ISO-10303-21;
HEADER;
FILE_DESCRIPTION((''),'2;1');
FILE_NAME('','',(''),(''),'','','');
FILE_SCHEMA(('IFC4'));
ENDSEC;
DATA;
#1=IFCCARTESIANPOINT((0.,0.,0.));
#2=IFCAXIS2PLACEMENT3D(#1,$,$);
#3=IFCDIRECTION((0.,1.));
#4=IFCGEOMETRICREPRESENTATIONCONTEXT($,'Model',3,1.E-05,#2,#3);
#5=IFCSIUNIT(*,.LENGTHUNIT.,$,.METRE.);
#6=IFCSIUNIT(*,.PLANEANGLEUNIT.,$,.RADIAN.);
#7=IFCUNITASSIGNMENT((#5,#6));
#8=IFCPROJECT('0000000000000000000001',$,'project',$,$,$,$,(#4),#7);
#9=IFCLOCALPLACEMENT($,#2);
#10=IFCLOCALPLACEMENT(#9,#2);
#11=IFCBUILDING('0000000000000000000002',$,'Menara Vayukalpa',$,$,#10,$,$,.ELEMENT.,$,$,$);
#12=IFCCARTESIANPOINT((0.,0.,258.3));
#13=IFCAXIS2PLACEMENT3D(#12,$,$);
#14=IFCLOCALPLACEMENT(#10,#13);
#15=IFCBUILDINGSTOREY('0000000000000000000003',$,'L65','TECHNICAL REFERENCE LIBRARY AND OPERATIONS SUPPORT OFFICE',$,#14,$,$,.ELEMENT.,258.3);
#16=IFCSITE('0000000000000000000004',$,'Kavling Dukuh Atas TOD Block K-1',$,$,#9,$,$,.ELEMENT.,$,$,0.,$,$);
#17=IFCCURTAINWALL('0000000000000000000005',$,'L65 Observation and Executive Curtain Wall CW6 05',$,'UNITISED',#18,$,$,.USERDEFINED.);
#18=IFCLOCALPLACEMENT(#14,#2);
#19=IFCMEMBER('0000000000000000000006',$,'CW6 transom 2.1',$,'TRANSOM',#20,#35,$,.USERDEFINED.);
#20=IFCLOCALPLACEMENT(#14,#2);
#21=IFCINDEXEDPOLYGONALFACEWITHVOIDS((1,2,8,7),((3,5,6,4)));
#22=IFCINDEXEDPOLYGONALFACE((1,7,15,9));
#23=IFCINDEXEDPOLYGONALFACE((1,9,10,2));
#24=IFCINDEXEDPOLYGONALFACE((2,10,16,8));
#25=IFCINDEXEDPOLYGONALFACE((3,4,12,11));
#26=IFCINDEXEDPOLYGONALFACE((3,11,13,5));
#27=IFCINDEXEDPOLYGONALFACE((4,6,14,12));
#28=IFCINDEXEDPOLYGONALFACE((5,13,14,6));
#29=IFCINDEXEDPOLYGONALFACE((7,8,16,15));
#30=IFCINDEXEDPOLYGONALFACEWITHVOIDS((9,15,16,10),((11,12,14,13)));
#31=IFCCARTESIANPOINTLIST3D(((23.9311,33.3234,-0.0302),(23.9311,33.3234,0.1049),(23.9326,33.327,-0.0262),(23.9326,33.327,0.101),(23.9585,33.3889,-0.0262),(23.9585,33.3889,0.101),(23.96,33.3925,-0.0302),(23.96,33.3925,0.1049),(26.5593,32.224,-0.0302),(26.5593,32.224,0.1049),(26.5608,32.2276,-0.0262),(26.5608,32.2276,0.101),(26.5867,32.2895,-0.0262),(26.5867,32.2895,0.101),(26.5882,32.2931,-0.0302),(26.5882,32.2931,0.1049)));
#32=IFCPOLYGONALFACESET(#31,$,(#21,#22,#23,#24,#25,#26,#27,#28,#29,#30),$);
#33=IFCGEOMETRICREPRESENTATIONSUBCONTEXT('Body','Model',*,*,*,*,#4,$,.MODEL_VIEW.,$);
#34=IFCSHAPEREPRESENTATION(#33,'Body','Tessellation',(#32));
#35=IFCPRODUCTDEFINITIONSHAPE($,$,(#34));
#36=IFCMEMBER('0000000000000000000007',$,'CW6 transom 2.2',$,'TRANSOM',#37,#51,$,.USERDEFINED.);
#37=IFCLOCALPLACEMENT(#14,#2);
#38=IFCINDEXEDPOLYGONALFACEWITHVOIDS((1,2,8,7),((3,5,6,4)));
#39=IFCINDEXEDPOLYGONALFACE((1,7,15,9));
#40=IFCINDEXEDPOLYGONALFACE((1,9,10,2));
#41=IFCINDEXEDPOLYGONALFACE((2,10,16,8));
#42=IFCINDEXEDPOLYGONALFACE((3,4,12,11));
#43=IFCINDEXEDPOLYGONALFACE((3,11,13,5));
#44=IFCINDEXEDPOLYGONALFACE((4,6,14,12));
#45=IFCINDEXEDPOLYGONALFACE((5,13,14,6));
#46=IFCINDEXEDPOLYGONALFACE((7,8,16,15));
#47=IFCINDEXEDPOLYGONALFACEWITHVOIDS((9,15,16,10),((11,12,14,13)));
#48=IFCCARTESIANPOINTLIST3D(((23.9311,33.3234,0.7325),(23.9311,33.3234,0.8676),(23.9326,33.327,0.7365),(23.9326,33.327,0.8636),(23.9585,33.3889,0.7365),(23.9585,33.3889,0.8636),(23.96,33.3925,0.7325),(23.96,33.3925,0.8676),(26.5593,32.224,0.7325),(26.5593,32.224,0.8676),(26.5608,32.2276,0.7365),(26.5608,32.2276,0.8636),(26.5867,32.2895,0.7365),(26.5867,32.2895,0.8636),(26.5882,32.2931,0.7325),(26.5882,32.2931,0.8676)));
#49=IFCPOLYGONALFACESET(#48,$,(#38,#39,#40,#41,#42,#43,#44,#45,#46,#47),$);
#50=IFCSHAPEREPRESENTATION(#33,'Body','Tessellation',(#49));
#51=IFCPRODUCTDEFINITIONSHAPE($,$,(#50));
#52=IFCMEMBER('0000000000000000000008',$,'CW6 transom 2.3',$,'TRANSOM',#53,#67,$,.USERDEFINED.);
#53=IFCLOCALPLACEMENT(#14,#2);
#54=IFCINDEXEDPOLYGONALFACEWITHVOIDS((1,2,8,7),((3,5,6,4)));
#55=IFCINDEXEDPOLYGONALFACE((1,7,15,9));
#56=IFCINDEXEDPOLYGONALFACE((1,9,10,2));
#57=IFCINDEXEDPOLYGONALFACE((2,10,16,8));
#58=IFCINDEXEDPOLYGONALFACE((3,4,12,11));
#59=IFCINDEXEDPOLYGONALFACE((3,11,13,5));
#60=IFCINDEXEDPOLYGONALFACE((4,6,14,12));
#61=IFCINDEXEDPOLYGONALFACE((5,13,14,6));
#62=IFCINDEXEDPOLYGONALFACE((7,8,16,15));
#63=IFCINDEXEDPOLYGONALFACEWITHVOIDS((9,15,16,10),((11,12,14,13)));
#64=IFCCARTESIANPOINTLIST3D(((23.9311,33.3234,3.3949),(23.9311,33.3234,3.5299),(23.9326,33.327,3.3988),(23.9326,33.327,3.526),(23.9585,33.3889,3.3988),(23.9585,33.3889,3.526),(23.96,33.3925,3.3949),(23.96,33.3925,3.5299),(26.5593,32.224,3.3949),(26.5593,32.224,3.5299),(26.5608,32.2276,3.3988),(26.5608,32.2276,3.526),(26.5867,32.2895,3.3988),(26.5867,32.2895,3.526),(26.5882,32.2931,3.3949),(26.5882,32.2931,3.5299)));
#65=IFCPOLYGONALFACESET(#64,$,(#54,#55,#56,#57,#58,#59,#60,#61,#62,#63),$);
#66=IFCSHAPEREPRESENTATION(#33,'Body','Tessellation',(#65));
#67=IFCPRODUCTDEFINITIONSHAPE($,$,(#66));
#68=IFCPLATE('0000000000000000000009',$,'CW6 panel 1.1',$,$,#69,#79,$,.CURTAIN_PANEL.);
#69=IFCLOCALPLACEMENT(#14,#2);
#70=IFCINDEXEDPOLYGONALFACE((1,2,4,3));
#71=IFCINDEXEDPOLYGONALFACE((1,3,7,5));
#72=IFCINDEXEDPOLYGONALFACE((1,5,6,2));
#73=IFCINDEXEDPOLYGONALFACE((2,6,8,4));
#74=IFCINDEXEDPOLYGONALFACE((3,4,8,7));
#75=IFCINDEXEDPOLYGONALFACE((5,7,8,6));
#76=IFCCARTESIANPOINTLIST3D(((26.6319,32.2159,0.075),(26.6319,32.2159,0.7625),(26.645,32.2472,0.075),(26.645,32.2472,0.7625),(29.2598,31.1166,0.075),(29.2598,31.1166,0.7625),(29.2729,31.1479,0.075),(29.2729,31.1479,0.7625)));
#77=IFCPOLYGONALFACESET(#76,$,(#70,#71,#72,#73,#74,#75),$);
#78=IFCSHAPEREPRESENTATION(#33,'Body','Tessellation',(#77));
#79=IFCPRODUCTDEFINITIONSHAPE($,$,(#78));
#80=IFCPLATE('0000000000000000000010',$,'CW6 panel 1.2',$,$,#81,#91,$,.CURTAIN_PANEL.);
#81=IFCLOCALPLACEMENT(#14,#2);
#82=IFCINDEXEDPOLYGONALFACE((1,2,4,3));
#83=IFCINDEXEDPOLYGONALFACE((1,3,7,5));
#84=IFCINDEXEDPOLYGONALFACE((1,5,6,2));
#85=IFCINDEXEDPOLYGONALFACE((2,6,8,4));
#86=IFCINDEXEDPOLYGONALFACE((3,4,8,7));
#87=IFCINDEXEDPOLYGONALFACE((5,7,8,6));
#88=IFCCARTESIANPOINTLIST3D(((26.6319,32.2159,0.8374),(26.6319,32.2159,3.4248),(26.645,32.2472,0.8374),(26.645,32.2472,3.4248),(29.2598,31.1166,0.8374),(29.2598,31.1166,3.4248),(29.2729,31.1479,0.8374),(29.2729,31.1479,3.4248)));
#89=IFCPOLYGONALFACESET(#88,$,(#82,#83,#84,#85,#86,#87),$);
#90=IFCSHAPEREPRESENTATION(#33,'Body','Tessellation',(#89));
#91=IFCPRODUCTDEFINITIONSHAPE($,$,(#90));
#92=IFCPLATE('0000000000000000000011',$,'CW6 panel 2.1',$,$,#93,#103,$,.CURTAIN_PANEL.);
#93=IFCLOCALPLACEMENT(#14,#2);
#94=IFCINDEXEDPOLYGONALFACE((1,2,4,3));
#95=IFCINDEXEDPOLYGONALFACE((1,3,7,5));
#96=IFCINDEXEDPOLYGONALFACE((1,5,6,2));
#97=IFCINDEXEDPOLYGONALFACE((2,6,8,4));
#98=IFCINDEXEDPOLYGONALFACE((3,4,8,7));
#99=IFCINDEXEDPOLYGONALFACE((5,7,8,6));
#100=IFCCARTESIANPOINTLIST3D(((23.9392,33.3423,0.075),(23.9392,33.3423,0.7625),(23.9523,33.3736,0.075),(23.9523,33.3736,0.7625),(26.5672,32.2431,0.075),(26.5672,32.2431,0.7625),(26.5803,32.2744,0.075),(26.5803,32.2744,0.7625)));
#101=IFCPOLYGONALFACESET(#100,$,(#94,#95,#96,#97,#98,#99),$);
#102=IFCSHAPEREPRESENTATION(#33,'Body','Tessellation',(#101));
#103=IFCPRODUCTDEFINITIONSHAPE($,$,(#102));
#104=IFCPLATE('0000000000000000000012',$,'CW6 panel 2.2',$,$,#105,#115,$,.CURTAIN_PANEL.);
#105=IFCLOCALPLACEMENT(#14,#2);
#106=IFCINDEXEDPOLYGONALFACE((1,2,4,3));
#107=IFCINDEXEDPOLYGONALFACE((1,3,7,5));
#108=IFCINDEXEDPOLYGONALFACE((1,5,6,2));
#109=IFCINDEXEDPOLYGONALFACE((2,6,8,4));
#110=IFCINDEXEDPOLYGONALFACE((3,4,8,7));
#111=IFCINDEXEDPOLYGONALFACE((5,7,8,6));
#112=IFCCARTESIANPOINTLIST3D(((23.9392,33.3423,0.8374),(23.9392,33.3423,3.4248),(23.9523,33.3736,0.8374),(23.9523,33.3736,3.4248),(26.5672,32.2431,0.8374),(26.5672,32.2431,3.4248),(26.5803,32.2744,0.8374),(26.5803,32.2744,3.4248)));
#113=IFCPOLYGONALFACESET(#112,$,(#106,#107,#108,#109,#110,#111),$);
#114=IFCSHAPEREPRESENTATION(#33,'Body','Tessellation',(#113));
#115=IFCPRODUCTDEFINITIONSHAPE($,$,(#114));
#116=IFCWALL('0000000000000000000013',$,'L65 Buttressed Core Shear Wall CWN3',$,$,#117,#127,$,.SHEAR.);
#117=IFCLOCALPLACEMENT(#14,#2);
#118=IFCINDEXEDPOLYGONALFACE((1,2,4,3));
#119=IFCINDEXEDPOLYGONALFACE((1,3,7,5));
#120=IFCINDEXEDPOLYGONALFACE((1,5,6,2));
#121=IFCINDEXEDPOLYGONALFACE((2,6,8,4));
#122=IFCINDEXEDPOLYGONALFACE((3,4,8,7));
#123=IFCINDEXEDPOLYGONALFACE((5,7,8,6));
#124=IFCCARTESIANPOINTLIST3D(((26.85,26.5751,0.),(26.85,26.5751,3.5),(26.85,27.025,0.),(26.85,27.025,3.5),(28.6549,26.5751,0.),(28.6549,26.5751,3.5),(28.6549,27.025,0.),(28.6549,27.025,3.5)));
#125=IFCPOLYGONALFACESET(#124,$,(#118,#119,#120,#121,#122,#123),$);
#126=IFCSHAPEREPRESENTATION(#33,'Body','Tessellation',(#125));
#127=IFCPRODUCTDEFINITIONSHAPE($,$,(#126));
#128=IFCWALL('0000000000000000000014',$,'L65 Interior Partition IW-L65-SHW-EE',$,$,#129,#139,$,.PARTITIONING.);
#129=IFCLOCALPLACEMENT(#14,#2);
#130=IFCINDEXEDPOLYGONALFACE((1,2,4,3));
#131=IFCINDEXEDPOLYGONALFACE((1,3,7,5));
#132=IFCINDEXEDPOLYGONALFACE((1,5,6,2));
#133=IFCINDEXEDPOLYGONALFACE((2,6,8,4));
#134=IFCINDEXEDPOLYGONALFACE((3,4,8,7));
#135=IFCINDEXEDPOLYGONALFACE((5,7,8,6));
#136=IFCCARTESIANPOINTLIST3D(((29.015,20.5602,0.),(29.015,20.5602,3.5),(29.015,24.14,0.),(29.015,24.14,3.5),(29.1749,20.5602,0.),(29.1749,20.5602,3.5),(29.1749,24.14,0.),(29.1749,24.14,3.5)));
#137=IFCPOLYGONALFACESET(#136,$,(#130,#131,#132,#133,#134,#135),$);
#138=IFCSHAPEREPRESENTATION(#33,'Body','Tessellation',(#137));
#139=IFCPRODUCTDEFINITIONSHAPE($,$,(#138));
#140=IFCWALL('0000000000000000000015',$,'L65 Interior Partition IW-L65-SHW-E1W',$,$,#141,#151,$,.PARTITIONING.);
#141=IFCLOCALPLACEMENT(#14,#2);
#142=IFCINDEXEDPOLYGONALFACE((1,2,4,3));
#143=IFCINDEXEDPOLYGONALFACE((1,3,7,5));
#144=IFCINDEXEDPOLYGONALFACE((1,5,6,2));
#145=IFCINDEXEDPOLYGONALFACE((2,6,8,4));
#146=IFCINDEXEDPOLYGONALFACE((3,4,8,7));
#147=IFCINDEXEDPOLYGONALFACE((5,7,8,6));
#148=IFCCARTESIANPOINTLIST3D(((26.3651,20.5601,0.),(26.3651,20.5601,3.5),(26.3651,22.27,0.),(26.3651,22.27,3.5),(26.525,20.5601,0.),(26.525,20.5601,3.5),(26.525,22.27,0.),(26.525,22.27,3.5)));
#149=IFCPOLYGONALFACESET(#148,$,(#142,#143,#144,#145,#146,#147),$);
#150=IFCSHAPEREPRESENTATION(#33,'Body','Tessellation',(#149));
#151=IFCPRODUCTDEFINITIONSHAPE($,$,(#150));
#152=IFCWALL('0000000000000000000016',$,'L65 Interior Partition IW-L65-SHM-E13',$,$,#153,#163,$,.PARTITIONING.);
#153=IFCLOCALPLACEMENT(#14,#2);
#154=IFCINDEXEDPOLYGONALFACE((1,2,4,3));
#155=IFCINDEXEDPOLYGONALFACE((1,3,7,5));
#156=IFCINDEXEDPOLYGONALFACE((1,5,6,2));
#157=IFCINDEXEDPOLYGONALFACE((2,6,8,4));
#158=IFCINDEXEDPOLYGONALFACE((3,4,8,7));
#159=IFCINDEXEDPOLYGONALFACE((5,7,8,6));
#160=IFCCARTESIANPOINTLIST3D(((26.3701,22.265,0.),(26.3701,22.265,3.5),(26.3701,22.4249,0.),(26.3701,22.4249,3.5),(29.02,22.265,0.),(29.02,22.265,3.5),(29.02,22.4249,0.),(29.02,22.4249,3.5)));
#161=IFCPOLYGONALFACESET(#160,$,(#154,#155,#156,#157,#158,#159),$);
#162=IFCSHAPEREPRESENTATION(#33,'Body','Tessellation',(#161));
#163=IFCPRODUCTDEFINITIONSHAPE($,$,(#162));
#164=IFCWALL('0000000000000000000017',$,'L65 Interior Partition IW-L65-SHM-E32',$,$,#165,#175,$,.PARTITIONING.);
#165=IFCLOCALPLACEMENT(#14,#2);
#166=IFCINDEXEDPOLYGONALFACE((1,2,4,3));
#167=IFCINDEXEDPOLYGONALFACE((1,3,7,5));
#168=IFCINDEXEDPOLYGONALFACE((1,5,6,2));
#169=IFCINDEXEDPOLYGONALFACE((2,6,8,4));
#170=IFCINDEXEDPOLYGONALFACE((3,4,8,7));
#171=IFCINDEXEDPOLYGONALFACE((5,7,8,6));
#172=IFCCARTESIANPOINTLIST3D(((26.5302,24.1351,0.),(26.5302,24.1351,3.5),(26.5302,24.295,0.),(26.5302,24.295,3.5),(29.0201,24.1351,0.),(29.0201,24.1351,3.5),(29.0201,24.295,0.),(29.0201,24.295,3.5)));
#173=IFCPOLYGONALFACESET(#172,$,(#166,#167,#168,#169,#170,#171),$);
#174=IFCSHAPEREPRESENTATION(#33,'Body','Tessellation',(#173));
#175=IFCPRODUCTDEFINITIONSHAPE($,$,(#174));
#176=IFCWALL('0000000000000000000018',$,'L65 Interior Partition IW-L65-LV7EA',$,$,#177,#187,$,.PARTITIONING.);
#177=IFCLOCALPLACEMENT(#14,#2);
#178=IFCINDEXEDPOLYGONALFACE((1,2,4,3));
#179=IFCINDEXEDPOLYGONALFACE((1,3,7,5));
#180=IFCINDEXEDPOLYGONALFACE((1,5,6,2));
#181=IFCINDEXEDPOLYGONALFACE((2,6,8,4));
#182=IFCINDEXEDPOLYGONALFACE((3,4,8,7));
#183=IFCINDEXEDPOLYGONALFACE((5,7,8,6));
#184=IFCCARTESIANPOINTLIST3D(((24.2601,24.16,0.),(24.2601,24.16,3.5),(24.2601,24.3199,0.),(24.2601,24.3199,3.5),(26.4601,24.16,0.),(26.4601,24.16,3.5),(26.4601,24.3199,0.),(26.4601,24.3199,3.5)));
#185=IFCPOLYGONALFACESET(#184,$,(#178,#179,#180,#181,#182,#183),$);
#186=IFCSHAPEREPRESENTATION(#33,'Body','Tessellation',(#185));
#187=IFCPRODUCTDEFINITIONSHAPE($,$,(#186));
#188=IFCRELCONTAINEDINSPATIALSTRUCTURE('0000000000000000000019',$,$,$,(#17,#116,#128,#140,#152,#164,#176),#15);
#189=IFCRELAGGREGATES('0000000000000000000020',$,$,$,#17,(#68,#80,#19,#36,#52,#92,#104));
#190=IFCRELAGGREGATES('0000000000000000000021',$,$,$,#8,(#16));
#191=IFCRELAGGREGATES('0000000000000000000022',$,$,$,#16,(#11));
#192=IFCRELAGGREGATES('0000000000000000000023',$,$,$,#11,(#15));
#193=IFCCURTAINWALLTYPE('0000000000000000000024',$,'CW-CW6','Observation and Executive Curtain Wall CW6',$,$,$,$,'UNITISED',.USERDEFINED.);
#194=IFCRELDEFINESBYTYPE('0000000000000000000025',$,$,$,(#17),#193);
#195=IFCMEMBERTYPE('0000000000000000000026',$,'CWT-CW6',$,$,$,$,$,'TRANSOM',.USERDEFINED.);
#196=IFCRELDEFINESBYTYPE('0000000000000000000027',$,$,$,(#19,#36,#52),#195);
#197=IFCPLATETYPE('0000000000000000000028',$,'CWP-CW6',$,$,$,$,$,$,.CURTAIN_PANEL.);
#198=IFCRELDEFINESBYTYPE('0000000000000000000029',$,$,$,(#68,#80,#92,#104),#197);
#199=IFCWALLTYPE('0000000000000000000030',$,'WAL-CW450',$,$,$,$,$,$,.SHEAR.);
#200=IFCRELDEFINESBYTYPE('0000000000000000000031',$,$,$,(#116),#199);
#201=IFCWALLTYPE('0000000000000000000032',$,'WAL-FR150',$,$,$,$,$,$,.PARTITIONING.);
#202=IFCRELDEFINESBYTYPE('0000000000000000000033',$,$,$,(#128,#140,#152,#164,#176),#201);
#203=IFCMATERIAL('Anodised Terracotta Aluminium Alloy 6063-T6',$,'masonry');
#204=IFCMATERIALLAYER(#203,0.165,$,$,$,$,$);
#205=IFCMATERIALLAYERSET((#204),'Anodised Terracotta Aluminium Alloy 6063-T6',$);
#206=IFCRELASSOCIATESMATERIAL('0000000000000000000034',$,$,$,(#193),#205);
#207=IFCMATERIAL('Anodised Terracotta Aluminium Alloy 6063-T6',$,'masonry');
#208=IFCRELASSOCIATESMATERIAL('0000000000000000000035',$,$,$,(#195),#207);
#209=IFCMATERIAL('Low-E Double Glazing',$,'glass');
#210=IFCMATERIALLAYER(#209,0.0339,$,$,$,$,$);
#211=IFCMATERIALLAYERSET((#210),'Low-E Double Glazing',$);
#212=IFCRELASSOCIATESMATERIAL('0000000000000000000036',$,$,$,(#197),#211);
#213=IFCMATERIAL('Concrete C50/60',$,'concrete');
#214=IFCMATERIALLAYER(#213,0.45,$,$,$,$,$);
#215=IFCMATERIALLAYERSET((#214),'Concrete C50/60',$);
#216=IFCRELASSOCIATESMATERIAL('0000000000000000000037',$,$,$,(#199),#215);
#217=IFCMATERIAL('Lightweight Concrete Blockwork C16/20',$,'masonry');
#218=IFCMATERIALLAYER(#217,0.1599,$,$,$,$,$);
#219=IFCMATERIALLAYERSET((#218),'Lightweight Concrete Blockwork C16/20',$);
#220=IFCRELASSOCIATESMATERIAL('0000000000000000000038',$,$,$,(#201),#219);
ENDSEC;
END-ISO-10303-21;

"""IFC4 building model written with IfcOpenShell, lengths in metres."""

from ifc_helpers import new_model, si_unit, direction, frame, frame_2d, origin, origin_2d, place, context, subcontext, project, spatial, rectangle, hollow_rectangle, extrude, material, layer, layer_set, material_profile, profile_set, type_object, element, aggregate, save


model = new_model("IFC4")

# Units and contexts
model_context = context("Model", 3, precision=1e-05, world=origin(), true_north=direction((0.0, 1.0)))
body_context = subcontext(model_context, "Body", "Model", "MODEL_VIEW")
ifc_project = project(units=[si_unit("LENGTHUNIT", "METRE"), si_unit("PLANEANGLEUNIT", "RADIAN")], contexts=[model_context])

# Site, building, storey
site_placement = place(None, origin())
site = spatial("IfcSite", under=ifc_project, at=site_placement, Name="Kavling Dukuh Atas TOD Block K-1", CompositionType="ELEMENT", RefElevation=0.0)
building_placement = place(site_placement, origin())
building = spatial("IfcBuilding", under=site, at=building_placement, Name="Menara Vayukalpa", CompositionType="ELEMENT")
storey_placement = place(building_placement, frame((0.0, 0.0, 258.3)))
storey = spatial("IfcBuildingStorey", under=building, at=storey_placement, Name="L65", Description="TECHNICAL REFERENCE LIBRARY AND OPERATIONS SUPPORT OFFICE", CompositionType="ELEMENT", Elevation=258.3)

# Curtain wall, members, plates
ifc_material_1 = material(Name="Anodised Terracotta Aluminium Alloy 6063-T6", Category="masonry")
ifc_layer_1 = layer(ifc_material_1, 0.165)
ifc_layer_set_1 = layer_set([ifc_layer_1], Name="Anodised Terracotta Aluminium Alloy 6063-T6")
curtain_wall_type = type_object("IfcCurtainWallType", Name="CW-CW6", Description="Observation and Executive Curtain Wall CW6", ElementType="UNITISED", PredefinedType="USERDEFINED", material=ifc_layer_set_1)
curtain_wall_placement = place(storey_placement, origin())
curtain_wall = element("IfcCurtainWall", 1, at=curtain_wall_placement, inside=storey, type_object=curtain_wall_type, Name="L65 Observation and Executive Curtain Wall CW6 05", ObjectType="UNITISED", PredefinedType="USERDEFINED")
ifc_material_2 = material(Name="Anodised Terracotta Aluminium Alloy 6063-T6", Category="masonry")
ifc_material_profile_1 = material_profile(ifc_material_2, hollow_rectangle(XDim=0.075, YDim=0.135, WallThickness=0.0039, at=origin_2d()), Name="ALU 75x135x4")
ifc_profile_set_1 = profile_set([ifc_material_profile_1], Name="Anodised Terracotta Aluminium Alloy 6063-T6")
member_type_1 = type_object("IfcMemberType", Name="CWT-CW6", ElementType="TRANSOM", PredefinedType="USERDEFINED", material=ifc_profile_set_1)
member_1_placement = place(storey_placement, frame((26.5737, 32.2585, 0.0374), z_axis=(-0.922541, 0.385899, 0.0), x_axis=(-0.385899, -0.922541, 0.0)))
member_1 = element("IfcMember", 2, at=member_1_placement, type_object=member_type_1, Name="CW6 transom 2.1", ObjectType="TRANSOM", PredefinedType="USERDEFINED", context=body_context, shape_type="SweptSolid", body=[
    extrude(hollow_rectangle(XDim=0.075, YDim=0.135, WallThickness=0.0039, at=origin_2d()), origin(), (0.0, 0.0, 1.0), 2.8489),
])
member_2_placement = place(storey_placement, frame((26.5737, 32.2585, 0.8), z_axis=(-0.922541, 0.385899, 0.0), x_axis=(-0.385899, -0.922541, 0.0)))
member_2 = element("IfcMember", 3, at=member_2_placement, type_object=member_type_1, Name="CW6 transom 2.2", ObjectType="TRANSOM", PredefinedType="USERDEFINED", context=body_context, shape_type="SweptSolid", body=[
    extrude(hollow_rectangle(XDim=0.075, YDim=0.135, WallThickness=0.0039, at=origin_2d()), origin(), (0.0, 0.0, 1.0), 2.8489),
])
member_3_placement = place(storey_placement, frame((26.5737, 32.2585, 3.4624), z_axis=(-0.922541, 0.385899, 0.0), x_axis=(-0.385899, -0.922541, 0.0)))
member_3 = element("IfcMember", 4, at=member_3_placement, type_object=member_type_1, Name="CW6 transom 2.3", ObjectType="TRANSOM", PredefinedType="USERDEFINED", context=body_context, shape_type="SweptSolid", body=[
    extrude(hollow_rectangle(XDim=0.075, YDim=0.135, WallThickness=0.0039, at=origin_2d()), origin(), (0.0, 0.0, 1.0), 2.8489),
])
ifc_material_3 = material(Name="Low-E Double Glazing", Category="glass")
ifc_layer_2 = layer(ifc_material_3, 0.0339)
ifc_layer_set_2 = layer_set([ifc_layer_2], Name="Low-E Double Glazing")
plate_type = type_object("IfcPlateType", Name="CWP-CW6", PredefinedType="CURTAIN_PANEL", material=ifc_layer_set_2)
plate_1_placement = place(storey_placement, frame((27.9524, 31.6819, 0.075), z_axis=(0.0, 0.0, 1.0), x_axis=(-0.922541, 0.3859, 0.0)))
plate_1 = element("IfcPlate", 5, at=plate_1_placement, type_object=plate_type, Name="CW6 panel 1.1", PredefinedType="CURTAIN_PANEL", context=body_context, shape_type="SweptSolid", body=[
    extrude(rectangle(XDim=2.8486, YDim=0.0339, at=origin_2d()), origin(), (0.0, 0.0, 1.0), 0.6875),
])
plate_2_placement = place(storey_placement, frame((27.9524, 31.6819, 0.8374), z_axis=(0.0, 0.0, 1.0), x_axis=(-0.922541, 0.3859, 0.0)))
plate_2 = element("IfcPlate", 6, at=plate_2_placement, type_object=plate_type, Name="CW6 panel 1.2", PredefinedType="CURTAIN_PANEL", context=body_context, shape_type="SweptSolid", body=[
    extrude(rectangle(XDim=2.8486, YDim=0.0339, at=origin_2d()), origin(), (0.0, 0.0, 1.0), 2.5874),
])
plate_3_placement = place(storey_placement, frame((25.2598, 32.8083, 0.075), z_axis=(0.0, 0.0, 1.0), x_axis=(-0.922541, 0.3859, 0.0)))
plate_3 = element("IfcPlate", 7, at=plate_3_placement, type_object=plate_type, Name="CW6 panel 2.1", PredefinedType="CURTAIN_PANEL", context=body_context, shape_type="SweptSolid", body=[
    extrude(rectangle(XDim=2.8486, YDim=0.0339, at=origin_2d()), origin(), (0.0, 0.0, 1.0), 0.6875),
])
plate_4_placement = place(storey_placement, frame((25.2598, 32.8083, 0.8374), z_axis=(0.0, 0.0, 1.0), x_axis=(-0.922541, 0.3859, 0.0)))
plate_4 = element("IfcPlate", 8, at=plate_4_placement, type_object=plate_type, Name="CW6 panel 2.2", PredefinedType="CURTAIN_PANEL", context=body_context, shape_type="SweptSolid", body=[
    extrude(rectangle(XDim=2.8486, YDim=0.0339, at=origin_2d()), origin(), (0.0, 0.0, 1.0), 2.5874),
])
aggregate(curtain_wall, [plate_1, plate_2, member_1, member_2, member_3, plate_3, plate_4])

# Walls
ifc_material_4 = material(Name="Concrete C50/60", Category="concrete")
ifc_layer_3 = layer(ifc_material_4, 0.45)
ifc_layer_set_3 = layer_set([ifc_layer_3], Name="Concrete C50/60")
wall_type_1 = type_object("IfcWallType", Name="WAL-CW450", PredefinedType="SHEAR", material=ifc_layer_set_3)
wall_1_placement = place(storey_placement, frame((26.8501, 26.8, 0.0), z_axis=(0.0, 0.0, 1.0), x_axis=(1.0, 0.0, 0.0)))
element("IfcWall", 9, at=wall_1_placement, inside=storey, type_object=wall_type_1, Name="L65 Buttressed Core Shear Wall CWN3", PredefinedType="SHEAR", context=body_context, shape_type="SweptSolid", body=[
    extrude(rectangle(XDim=1.8049, YDim=0.45, at=frame_2d((0.9023, 0.0))), origin(), (0.0, 0.0, 1.0), 3.5),
])
ifc_material_5 = material(Name="Lightweight Concrete Blockwork C16/20", Category="masonry")
ifc_layer_4 = layer(ifc_material_5, 0.1599)
ifc_layer_set_4 = layer_set([ifc_layer_4], Name="Lightweight Concrete Blockwork C16/20")
wall_type_2 = type_object("IfcWallType", Name="WAL-FR150", PredefinedType="PARTITIONING", material=ifc_layer_set_4)
wall_2_placement = place(storey_placement, frame((29.095, 20.5601, 0.0), z_axis=(0.0, 0.0, 1.0), x_axis=(0.0, 1.0, 0.0)))
element("IfcWall", 10, at=wall_2_placement, inside=storey, type_object=wall_type_2, Name="L65 Interior Partition IW-L65-SHW-EE", PredefinedType="PARTITIONING", context=body_context, shape_type="SweptSolid", body=[
    extrude(rectangle(XDim=3.5798, YDim=0.1599, at=frame_2d((1.79, 0.0))), origin(), (0.0, 0.0, 1.0), 3.5),
])
wall_3_placement = place(storey_placement, frame((26.4451, 20.5601, 0.0), z_axis=(0.0, 0.0, 1.0), x_axis=(0.0, 1.0, 0.0)))
element("IfcWall", 11, at=wall_3_placement, inside=storey, type_object=wall_type_2, Name="L65 Interior Partition IW-L65-SHW-E1W", PredefinedType="PARTITIONING", context=body_context, shape_type="SweptSolid", body=[
    extrude(rectangle(XDim=1.71, YDim=0.1599, at=frame_2d((0.855, 0.0))), origin(), (0.0, 0.0, 1.0), 3.5),
])
wall_4_placement = place(storey_placement, frame((26.3701, 22.345, 0.0), z_axis=(0.0, 0.0, 1.0), x_axis=(1.0, 0.0, 0.0)))
element("IfcWall", 12, at=wall_4_placement, inside=storey, type_object=wall_type_2, Name="L65 Interior Partition IW-L65-SHM-E13", PredefinedType="PARTITIONING", context=body_context, shape_type="SweptSolid", body=[
    extrude(rectangle(XDim=2.6499, YDim=0.1599, at=frame_2d((1.325, 0.0))), origin(), (0.0, 0.0, 1.0), 3.5),
])
wall_5_placement = place(storey_placement, frame((26.53, 24.2151, 0.0), z_axis=(0.0, 0.0, 1.0), x_axis=(1.0, 0.0, 0.0)))
element("IfcWall", 13, at=wall_5_placement, inside=storey, type_object=wall_type_2, Name="L65 Interior Partition IW-L65-SHM-E32", PredefinedType="PARTITIONING", context=body_context, shape_type="SweptSolid", body=[
    extrude(rectangle(XDim=2.49, YDim=0.1599, at=frame_2d((1.2451, 0.0))), origin(), (0.0, 0.0, 1.0), 3.5),
])
wall_6_placement = place(storey_placement, frame((24.26, 24.24, 0.0), z_axis=(0.0, 0.0, 1.0), x_axis=(1.0, 0.0, 0.0)))
element("IfcWall", 14, at=wall_6_placement, inside=storey, type_object=wall_type_2, Name="L65 Interior Partition IW-L65-LV7EA", PredefinedType="PARTITIONING", context=body_context, shape_type="SweptSolid", body=[
    extrude(rectangle(XDim=2.2, YDim=0.1599, at=frame_2d((1.1001, 0.0))), origin(), (0.0, 0.0, 1.0), 3.5),
])

save(model, "model.ifc")
